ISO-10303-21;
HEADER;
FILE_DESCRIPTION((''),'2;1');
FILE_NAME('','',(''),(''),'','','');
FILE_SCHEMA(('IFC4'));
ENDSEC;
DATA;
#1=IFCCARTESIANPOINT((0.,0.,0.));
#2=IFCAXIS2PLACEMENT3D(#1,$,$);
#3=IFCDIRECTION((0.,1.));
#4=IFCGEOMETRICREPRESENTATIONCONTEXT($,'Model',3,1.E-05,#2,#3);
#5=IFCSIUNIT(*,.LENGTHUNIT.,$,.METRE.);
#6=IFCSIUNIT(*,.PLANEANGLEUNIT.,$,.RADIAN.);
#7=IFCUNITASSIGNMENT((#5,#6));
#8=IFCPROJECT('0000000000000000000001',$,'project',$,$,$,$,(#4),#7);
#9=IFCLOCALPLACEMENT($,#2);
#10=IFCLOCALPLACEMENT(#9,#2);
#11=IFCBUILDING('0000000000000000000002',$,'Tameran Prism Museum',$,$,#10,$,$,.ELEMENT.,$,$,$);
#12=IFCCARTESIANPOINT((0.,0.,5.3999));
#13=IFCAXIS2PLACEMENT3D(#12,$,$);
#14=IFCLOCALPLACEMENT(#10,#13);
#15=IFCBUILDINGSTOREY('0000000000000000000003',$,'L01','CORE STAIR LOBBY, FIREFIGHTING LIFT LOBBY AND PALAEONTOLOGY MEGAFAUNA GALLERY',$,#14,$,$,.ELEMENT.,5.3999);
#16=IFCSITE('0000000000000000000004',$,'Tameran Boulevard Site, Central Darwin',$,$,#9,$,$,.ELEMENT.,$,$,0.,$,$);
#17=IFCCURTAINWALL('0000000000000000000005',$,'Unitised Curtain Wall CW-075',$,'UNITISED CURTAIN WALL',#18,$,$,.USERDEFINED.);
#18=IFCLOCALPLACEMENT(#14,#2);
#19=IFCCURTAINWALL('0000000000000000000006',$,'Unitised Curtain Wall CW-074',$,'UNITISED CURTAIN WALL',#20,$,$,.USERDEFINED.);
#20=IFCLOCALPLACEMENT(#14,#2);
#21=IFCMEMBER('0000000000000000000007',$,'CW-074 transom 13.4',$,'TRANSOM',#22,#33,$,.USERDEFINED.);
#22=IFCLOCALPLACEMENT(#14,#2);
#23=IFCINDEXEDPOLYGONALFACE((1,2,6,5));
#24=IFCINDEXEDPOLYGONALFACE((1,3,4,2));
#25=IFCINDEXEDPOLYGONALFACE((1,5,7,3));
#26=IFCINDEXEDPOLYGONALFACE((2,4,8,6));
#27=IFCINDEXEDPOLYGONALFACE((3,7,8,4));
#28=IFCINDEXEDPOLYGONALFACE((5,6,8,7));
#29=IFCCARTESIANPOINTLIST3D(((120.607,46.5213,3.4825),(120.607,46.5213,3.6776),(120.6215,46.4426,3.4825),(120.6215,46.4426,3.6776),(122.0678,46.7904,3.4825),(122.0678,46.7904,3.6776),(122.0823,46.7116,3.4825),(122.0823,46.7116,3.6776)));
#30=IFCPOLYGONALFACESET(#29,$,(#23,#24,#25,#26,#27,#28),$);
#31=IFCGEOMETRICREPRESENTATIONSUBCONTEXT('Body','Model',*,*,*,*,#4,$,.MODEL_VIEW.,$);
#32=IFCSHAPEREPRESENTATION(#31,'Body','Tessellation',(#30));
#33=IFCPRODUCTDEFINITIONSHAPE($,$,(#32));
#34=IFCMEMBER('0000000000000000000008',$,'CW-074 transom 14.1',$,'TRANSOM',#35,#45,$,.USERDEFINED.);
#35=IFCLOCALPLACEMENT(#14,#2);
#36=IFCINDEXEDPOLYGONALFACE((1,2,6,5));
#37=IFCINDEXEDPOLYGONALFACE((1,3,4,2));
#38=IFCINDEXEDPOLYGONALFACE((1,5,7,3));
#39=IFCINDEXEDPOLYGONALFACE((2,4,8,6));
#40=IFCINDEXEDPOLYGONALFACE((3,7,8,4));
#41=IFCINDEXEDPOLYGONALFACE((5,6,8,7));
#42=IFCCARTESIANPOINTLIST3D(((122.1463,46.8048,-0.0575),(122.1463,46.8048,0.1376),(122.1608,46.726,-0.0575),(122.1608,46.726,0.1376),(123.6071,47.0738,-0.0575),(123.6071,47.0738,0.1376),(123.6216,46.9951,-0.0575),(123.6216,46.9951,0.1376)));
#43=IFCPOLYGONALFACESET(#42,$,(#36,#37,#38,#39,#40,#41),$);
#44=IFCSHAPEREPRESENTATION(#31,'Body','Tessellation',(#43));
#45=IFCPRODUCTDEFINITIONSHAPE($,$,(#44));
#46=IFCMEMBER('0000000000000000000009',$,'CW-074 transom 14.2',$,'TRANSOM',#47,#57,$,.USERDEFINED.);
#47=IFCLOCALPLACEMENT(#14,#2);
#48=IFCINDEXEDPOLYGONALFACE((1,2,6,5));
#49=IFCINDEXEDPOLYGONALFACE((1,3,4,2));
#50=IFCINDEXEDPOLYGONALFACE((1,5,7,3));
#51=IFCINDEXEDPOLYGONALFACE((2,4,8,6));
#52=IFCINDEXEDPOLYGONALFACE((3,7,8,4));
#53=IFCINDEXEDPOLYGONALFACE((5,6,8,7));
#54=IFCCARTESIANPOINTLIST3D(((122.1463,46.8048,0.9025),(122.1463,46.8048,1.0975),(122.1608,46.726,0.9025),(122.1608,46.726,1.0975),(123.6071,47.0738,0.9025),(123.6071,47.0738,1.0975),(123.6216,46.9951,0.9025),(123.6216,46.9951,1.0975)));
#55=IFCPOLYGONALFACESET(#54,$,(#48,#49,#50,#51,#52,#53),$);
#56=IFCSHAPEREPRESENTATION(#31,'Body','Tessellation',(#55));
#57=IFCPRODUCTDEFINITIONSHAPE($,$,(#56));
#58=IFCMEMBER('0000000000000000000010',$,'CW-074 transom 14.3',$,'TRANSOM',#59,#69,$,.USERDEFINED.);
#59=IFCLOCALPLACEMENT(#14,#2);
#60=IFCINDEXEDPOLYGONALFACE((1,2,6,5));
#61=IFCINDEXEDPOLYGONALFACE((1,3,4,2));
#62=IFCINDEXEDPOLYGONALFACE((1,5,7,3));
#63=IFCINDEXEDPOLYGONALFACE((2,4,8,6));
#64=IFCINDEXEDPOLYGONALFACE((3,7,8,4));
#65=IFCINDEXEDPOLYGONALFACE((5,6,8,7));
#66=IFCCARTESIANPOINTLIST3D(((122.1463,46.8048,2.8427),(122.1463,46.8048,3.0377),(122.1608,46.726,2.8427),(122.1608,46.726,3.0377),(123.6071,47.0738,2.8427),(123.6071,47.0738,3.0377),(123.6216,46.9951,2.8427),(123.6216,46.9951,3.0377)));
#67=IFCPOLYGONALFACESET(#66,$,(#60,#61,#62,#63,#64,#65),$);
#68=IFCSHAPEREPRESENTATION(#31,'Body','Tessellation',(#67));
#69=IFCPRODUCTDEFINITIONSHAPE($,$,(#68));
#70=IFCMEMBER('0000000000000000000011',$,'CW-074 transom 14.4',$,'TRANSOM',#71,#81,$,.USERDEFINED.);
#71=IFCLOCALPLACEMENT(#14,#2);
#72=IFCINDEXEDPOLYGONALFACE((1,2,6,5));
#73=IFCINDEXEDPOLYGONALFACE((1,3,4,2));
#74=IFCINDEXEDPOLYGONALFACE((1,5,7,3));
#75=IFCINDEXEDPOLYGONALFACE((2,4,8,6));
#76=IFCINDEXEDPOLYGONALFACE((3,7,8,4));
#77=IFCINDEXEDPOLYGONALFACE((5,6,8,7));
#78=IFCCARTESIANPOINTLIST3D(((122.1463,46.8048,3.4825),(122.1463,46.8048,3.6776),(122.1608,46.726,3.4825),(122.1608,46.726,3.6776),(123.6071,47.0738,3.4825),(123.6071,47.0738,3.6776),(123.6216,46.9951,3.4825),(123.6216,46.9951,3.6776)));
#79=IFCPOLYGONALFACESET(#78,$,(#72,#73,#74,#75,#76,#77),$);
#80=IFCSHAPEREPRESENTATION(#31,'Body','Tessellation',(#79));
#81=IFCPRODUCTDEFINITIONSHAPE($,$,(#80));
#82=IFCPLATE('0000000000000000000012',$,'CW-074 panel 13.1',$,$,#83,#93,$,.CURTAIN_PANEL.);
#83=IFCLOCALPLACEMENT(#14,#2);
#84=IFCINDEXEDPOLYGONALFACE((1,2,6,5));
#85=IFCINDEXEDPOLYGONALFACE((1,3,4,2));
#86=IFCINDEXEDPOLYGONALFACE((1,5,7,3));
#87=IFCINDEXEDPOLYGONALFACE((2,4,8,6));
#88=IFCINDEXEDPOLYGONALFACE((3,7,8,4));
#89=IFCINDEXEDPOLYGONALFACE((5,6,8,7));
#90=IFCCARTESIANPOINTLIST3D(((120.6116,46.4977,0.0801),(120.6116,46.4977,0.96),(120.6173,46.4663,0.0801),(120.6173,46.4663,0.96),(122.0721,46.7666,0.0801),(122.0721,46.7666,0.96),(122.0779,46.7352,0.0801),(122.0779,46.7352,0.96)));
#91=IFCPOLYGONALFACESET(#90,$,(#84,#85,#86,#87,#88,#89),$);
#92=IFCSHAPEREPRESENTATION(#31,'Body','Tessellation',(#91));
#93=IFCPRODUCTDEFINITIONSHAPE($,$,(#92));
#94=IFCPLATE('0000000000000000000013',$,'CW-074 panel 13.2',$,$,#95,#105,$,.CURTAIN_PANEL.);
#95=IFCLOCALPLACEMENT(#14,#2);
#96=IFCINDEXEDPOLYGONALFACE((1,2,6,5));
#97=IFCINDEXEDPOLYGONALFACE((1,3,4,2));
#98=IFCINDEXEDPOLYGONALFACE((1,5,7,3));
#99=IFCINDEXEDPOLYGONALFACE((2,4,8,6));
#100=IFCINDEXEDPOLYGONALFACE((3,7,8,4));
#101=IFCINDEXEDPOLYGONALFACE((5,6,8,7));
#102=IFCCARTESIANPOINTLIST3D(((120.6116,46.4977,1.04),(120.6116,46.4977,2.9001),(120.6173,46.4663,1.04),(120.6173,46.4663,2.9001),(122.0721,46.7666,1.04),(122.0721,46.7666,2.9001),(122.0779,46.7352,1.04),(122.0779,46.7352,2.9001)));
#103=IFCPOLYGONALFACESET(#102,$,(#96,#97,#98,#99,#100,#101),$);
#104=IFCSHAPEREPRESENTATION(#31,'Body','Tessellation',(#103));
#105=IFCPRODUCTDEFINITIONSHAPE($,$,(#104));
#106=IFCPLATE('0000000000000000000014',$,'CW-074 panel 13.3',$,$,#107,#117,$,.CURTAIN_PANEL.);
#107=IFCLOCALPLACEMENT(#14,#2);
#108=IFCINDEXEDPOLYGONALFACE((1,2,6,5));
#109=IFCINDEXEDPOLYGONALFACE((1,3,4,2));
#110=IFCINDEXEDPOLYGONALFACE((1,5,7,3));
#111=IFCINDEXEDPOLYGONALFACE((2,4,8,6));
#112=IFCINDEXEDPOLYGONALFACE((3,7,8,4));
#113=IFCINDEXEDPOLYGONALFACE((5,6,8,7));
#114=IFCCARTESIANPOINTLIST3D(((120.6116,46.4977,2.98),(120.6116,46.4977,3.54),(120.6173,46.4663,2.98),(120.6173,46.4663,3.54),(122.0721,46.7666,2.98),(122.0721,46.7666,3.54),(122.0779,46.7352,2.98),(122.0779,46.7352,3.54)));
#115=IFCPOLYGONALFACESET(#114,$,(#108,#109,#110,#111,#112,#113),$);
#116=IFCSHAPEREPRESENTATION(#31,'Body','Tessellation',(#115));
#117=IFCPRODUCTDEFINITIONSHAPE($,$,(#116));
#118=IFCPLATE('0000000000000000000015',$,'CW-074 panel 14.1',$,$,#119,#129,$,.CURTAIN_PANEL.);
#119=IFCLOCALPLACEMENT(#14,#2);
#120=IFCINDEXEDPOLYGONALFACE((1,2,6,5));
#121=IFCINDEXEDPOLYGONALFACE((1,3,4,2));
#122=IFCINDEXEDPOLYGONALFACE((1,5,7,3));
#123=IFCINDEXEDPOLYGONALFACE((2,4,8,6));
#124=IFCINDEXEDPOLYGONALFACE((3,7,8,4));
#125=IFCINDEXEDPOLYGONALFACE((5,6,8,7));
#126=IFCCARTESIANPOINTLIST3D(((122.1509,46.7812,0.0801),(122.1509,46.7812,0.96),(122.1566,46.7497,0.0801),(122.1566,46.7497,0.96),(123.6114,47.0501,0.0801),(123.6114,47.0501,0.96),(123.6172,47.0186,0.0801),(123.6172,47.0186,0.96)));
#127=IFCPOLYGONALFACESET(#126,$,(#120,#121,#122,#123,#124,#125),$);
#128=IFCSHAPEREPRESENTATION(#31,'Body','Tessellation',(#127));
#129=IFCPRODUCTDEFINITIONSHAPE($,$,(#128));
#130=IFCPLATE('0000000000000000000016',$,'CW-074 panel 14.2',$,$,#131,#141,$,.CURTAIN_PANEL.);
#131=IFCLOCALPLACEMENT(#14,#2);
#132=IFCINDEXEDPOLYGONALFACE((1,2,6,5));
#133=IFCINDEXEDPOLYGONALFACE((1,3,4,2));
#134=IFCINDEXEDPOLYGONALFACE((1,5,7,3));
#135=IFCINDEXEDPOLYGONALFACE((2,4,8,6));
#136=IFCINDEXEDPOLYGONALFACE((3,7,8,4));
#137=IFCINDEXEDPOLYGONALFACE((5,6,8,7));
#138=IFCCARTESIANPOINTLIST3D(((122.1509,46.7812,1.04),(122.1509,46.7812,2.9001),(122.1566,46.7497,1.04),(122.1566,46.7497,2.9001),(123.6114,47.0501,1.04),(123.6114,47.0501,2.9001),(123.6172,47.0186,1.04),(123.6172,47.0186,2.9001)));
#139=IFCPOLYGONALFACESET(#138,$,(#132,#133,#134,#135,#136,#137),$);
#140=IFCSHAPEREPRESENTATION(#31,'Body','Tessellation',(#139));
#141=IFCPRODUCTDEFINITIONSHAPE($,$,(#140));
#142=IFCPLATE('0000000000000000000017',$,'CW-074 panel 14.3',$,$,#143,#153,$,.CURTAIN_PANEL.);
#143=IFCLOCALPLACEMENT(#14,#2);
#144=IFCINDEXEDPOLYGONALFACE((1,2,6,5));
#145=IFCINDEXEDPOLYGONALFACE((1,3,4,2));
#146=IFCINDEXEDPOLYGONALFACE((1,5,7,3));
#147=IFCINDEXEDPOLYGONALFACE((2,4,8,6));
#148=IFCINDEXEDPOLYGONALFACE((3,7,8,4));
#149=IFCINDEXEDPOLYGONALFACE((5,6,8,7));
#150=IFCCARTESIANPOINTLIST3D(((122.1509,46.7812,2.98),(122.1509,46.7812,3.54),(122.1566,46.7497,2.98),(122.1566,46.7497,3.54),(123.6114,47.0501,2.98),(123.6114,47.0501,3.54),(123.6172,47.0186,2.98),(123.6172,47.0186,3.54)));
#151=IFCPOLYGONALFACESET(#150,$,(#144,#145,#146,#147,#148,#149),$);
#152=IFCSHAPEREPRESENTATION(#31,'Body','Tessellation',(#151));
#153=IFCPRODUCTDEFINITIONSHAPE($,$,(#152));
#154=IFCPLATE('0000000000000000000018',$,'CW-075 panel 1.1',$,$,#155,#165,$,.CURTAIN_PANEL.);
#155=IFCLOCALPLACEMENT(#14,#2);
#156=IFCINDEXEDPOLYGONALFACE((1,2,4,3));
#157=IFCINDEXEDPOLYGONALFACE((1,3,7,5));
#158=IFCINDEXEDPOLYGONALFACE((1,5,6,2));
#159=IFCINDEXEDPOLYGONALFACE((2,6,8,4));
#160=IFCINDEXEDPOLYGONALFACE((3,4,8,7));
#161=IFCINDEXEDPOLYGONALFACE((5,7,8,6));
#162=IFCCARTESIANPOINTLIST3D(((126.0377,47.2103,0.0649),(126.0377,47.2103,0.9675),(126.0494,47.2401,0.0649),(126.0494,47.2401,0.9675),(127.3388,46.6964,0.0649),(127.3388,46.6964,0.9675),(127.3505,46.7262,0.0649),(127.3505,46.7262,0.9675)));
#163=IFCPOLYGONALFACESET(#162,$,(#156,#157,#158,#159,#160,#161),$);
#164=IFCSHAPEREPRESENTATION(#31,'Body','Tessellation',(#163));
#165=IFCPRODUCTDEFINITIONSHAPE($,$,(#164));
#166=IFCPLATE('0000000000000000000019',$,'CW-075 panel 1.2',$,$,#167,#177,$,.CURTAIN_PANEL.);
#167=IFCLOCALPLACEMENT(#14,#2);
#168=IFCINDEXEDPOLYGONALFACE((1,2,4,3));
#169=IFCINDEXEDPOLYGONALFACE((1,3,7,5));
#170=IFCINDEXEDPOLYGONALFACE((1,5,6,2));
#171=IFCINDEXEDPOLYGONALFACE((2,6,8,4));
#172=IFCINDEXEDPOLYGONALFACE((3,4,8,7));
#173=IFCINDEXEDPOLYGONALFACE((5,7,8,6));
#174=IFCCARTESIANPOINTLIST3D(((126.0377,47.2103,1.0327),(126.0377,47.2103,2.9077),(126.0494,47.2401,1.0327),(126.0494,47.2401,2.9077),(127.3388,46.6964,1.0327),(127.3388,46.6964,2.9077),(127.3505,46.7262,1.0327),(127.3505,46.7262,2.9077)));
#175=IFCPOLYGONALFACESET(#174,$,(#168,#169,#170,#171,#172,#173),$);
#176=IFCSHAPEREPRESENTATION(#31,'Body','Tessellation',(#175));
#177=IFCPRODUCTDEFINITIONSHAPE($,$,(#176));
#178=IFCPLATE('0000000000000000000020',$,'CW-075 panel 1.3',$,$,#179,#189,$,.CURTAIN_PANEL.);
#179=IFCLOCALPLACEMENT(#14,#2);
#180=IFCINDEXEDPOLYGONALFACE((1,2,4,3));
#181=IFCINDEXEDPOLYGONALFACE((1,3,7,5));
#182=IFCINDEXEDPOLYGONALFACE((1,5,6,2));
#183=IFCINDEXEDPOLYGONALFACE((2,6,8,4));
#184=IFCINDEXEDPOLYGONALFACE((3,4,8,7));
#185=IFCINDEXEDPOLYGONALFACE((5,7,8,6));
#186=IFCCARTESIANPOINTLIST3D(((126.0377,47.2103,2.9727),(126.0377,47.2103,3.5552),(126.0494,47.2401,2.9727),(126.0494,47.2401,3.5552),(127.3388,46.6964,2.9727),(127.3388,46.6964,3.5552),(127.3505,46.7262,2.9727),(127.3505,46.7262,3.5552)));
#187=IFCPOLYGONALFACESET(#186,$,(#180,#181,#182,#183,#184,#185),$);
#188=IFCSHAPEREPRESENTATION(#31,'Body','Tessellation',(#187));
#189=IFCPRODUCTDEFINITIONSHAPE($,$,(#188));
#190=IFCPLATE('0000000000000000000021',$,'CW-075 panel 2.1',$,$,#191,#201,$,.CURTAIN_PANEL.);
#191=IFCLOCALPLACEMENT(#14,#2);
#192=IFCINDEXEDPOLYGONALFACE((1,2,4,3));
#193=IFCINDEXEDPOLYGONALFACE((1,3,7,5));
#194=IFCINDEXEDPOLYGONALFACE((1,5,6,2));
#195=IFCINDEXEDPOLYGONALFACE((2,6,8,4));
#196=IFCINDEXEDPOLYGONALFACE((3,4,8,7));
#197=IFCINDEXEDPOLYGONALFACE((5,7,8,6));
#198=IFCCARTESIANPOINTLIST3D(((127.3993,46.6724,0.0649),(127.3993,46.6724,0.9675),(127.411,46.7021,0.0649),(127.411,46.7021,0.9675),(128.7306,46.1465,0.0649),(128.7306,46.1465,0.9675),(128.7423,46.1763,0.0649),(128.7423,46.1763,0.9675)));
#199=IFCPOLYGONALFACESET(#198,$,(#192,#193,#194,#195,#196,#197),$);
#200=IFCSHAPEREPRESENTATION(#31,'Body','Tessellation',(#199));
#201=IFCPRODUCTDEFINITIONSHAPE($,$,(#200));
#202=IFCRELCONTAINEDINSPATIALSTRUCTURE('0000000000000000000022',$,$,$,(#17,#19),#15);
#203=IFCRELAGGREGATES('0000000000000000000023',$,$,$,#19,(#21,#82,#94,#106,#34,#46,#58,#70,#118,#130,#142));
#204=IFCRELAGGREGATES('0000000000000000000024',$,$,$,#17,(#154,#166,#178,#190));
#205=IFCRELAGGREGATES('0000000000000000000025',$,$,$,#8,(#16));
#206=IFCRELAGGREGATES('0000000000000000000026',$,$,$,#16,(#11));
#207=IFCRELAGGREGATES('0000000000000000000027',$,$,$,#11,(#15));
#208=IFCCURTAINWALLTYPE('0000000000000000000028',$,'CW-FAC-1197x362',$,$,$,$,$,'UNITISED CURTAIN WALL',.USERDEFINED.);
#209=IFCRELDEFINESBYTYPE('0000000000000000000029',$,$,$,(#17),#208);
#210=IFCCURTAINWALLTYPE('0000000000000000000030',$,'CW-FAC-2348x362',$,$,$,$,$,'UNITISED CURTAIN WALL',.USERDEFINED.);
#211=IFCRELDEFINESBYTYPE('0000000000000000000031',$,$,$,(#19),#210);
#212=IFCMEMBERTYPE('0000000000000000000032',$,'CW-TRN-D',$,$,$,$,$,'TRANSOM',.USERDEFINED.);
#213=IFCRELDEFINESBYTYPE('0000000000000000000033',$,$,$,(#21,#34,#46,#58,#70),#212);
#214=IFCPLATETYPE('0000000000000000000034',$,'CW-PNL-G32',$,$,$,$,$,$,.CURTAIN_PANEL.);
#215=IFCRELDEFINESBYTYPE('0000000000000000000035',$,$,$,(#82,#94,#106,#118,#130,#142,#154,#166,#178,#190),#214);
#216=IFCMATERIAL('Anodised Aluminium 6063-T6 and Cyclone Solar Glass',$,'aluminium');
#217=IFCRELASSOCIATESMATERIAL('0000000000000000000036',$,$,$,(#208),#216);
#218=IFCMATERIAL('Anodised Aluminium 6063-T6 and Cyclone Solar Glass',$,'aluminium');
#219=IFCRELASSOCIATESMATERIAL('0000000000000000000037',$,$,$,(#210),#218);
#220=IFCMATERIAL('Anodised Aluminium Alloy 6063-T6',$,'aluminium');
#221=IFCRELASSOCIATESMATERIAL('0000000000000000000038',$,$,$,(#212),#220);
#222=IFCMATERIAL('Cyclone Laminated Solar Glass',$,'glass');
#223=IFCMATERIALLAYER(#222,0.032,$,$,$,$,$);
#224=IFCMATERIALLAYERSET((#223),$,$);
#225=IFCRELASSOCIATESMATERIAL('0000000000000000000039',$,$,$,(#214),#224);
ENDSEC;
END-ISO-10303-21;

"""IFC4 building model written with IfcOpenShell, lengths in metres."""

from ifc_helpers import new_model, si_unit, direction, frame, origin, origin_2d, place, context, subcontext, project, spatial, rectangle, extrude, material, layer, layer_set, material_profile, profile_set, type_object, element, aggregate, save


model = new_model("IFC4")

# Units and contexts
model_context = context("Model", 3, precision=1e-05, world=origin(), true_north=direction((0.0, 1.0)))
body_context = subcontext(model_context, "Body", "Model", "MODEL_VIEW")
ifc_project = project(units=[si_unit("LENGTHUNIT", "METRE"), si_unit("PLANEANGLEUNIT", "RADIAN")], contexts=[model_context])

# Site, building, storey
site_placement = place(None, origin())
site = spatial("IfcSite", under=ifc_project, at=site_placement, Name="Tameran Boulevard Site, Central Darwin", CompositionType="ELEMENT", RefElevation=0.0)
building_placement = place(site_placement, origin())
building = spatial("IfcBuilding", under=site, at=building_placement, Name="Tameran Prism Museum", CompositionType="ELEMENT")
storey_placement = place(building_placement, frame((0.0, 0.0, 5.3999)))
storey = spatial("IfcBuildingStorey", under=building, at=storey_placement, Name="L01", Description="CORE STAIR LOBBY, FIREFIGHTING LIFT LOBBY AND PALAEONTOLOGY MEGAFAUNA GALLERY", CompositionType="ELEMENT", Elevation=5.3999)

# Curtain wall
ifc_material_1 = material(Name="Anodised Aluminium 6063-T6 and Cyclone Solar Glass", Category="aluminium")
curtain_wall_type_1 = type_object("IfcCurtainWallType", Name="CW-FAC-1197x362", ElementType="UNITISED CURTAIN WALL", PredefinedType="USERDEFINED", material=ifc_material_1)
curtain_wall_1_placement = place(storey_placement, origin())
curtain_wall_1 = element("IfcCurtainWall", 1, at=curtain_wall_1_placement, inside=storey, type_object=curtain_wall_type_1, Name="Unitised Curtain Wall CW-075", ObjectType="UNITISED CURTAIN WALL", PredefinedType="USERDEFINED")

# Curtain wall
ifc_material_2 = material(Name="Anodised Aluminium 6063-T6 and Cyclone Solar Glass", Category="aluminium")
curtain_wall_type_2 = type_object("IfcCurtainWallType", Name="CW-FAC-2348x362", ElementType="UNITISED CURTAIN WALL", PredefinedType="USERDEFINED", material=ifc_material_2)
curtain_wall_2_placement = place(storey_placement, origin())
curtain_wall_2 = element("IfcCurtainWall", 2, at=curtain_wall_2_placement, inside=storey, type_object=curtain_wall_type_2, Name="Unitised Curtain Wall CW-074", ObjectType="UNITISED CURTAIN WALL", PredefinedType="USERDEFINED")

# Members
ifc_material_3 = material(Name="Anodised Aluminium Alloy 6063-T6", Category="aluminium")
ifc_material_profile_1 = material_profile(ifc_material_3, rectangle(XDim=0.0801, YDim=0.1951, at=origin_2d()))
ifc_profile_set_1 = profile_set([ifc_material_profile_1])
member_type_1 = type_object("IfcMemberType", Name="CW-TRN-D", ElementType="TRANSOM", PredefinedType="USERDEFINED", material=ifc_profile_set_1)
member_1_placement = place(storey_placement, frame((120.6143, 46.4819, 3.5801), z_axis=(0.983457, 0.181142, 0.0), x_axis=(-0.181142, 0.983457, 0.0)))
member_1 = element("IfcMember", 3, at=member_1_placement, type_object=member_type_1, Name="CW-074 transom 13.4", ObjectType="TRANSOM", PredefinedType="USERDEFINED", context=body_context, shape_type="SweptSolid", body=[
    extrude(rectangle(XDim=0.0801, YDim=0.1951, at=origin_2d()), origin(), (0.0, 0.0, 1.0), 1.4854),
])
member_2_placement = place(storey_placement, frame((122.1536, 46.7654, 0.04), z_axis=(0.983457, 0.181142, 0.0), x_axis=(-0.181142, 0.983457, 0.0)))
member_2 = element("IfcMember", 4, at=member_2_placement, type_object=member_type_1, Name="CW-074 transom 14.1", ObjectType="TRANSOM", PredefinedType="USERDEFINED", context=body_context, shape_type="SweptSolid", body=[
    extrude(rectangle(XDim=0.0801, YDim=0.1951, at=origin_2d()), origin(), (0.0, 0.0, 1.0), 1.4854),
])
member_3_placement = place(storey_placement, frame((122.1536, 46.7654, 1.0), z_axis=(0.983457, 0.181142, 0.0), x_axis=(-0.181142, 0.983457, 0.0)))
member_3 = element("IfcMember", 5, at=member_3_placement, type_object=member_type_1, Name="CW-074 transom 14.2", ObjectType="TRANSOM", PredefinedType="USERDEFINED", context=body_context, shape_type="SweptSolid", body=[
    extrude(rectangle(XDim=0.0801, YDim=0.1951, at=origin_2d()), origin(), (0.0, 0.0, 1.0), 1.4854),
])
member_4_placement = place(storey_placement, frame((122.1536, 46.7654, 2.9402), z_axis=(0.983457, 0.181142, 0.0), x_axis=(-0.181142, 0.983457, 0.0)))
member_4 = element("IfcMember", 6, at=member_4_placement, type_object=member_type_1, Name="CW-074 transom 14.3", ObjectType="TRANSOM", PredefinedType="USERDEFINED", context=body_context, shape_type="SweptSolid", body=[
    extrude(rectangle(XDim=0.0801, YDim=0.1951, at=origin_2d()), origin(), (0.0, 0.0, 1.0), 1.4854),
])
member_5_placement = place(storey_placement, frame((122.1536, 46.7654, 3.5801), z_axis=(0.983457, 0.181142, 0.0), x_axis=(-0.181142, 0.983457, 0.0)))
member_5 = element("IfcMember", 7, at=member_5_placement, type_object=member_type_1, Name="CW-074 transom 14.4", ObjectType="TRANSOM", PredefinedType="USERDEFINED", context=body_context, shape_type="SweptSolid", body=[
    extrude(rectangle(XDim=0.0801, YDim=0.1951, at=origin_2d()), origin(), (0.0, 0.0, 1.0), 1.4854),
])

# Plates
ifc_material_4 = material(Name="Cyclone Laminated Solar Glass", Category="glass")
ifc_layer = layer(ifc_material_4, 0.032)
ifc_layer_set = layer_set([ifc_layer])
plate_type = type_object("IfcPlateType", Name="CW-PNL-G32", PredefinedType="CURTAIN_PANEL", material=ifc_layer_set)
plate_1_placement = place(storey_placement, frame((121.3447, 46.6165, 0.0801), z_axis=(0.0, 0.0, 1.0), x_axis=(0.983472, 0.181063, 0.0)))
plate_1 = element("IfcPlate", 8, at=plate_1_placement, type_object=plate_type, Name="CW-074 panel 13.1", PredefinedType="CURTAIN_PANEL", context=body_context, shape_type="SweptSolid", body=[
    extrude(rectangle(XDim=1.4851, YDim=0.032, at=origin_2d()), origin(), (0.0, 0.0, 1.0), 0.8799),
])
plate_2_placement = place(storey_placement, frame((121.3447, 46.6165, 1.04), z_axis=(0.0, 0.0, 1.0), x_axis=(0.983472, 0.181063, 0.0)))
plate_2 = element("IfcPlate", 9, at=plate_2_placement, type_object=plate_type, Name="CW-074 panel 13.2", PredefinedType="CURTAIN_PANEL", context=body_context, shape_type="SweptSolid", body=[
    extrude(rectangle(XDim=1.4851, YDim=0.032, at=origin_2d()), origin(), (0.0, 0.0, 1.0), 1.8601),
])
plate_3_placement = place(storey_placement, frame((121.3447, 46.6165, 2.98), z_axis=(0.0, 0.0, 1.0), x_axis=(0.983472, 0.181063, 0.0)))
plate_3 = element("IfcPlate", 10, at=plate_3_placement, type_object=plate_type, Name="CW-074 panel 13.3", PredefinedType="CURTAIN_PANEL", context=body_context, shape_type="SweptSolid", body=[
    extrude(rectangle(XDim=1.4851, YDim=0.032, at=origin_2d()), origin(), (0.0, 0.0, 1.0), 0.5601),
])
plate_4_placement = place(storey_placement, frame((122.884, 46.8999, 0.0801), z_axis=(0.0, 0.0, 1.0), x_axis=(0.983472, 0.181063, 0.0)))
plate_4 = element("IfcPlate", 11, at=plate_4_placement, type_object=plate_type, Name="CW-074 panel 14.1", PredefinedType="CURTAIN_PANEL", context=body_context, shape_type="SweptSolid", body=[
    extrude(rectangle(XDim=1.4851, YDim=0.032, at=origin_2d()), origin(), (0.0, 0.0, 1.0), 0.8799),
])
plate_5_placement = place(storey_placement, frame((122.884, 46.8999, 1.04), z_axis=(0.0, 0.0, 1.0), x_axis=(0.983472, 0.181063, 0.0)))
plate_5 = element("IfcPlate", 12, at=plate_5_placement, type_object=plate_type, Name="CW-074 panel 14.2", PredefinedType="CURTAIN_PANEL", context=body_context, shape_type="SweptSolid", body=[
    extrude(rectangle(XDim=1.4851, YDim=0.032, at=origin_2d()), origin(), (0.0, 0.0, 1.0), 1.8601),
])
plate_6_placement = place(storey_placement, frame((122.884, 46.8999, 2.98), z_axis=(0.0, 0.0, 1.0), x_axis=(0.983472, 0.181063, 0.0)))
plate_6 = element("IfcPlate", 13, at=plate_6_placement, type_object=plate_type, Name="CW-074 panel 14.3", PredefinedType="CURTAIN_PANEL", context=body_context, shape_type="SweptSolid", body=[
    extrude(rectangle(XDim=1.4851, YDim=0.032, at=origin_2d()), origin(), (0.0, 0.0, 1.0), 0.5601),
])
aggregate(curtain_wall_2, [member_1, plate_1, plate_2, plate_3, member_2, member_3, member_4, member_5, plate_4, plate_5, plate_6])
plate_7_placement = place(storey_placement, frame((126.6941, 46.9683, 0.0649), z_axis=(0.0, 0.0, 1.0), x_axis=(0.930081, -0.367355, 0.0)))
plate_7 = element("IfcPlate", 14, at=plate_7_placement, type_object=plate_type, Name="CW-075 panel 1.1", PredefinedType="CURTAIN_PANEL", context=body_context, shape_type="SweptSolid", body=[
    extrude(rectangle(XDim=1.3989, YDim=0.032, at=origin_2d()), origin(), (0.0, 0.0, 1.0), 0.9026),
])
plate_8_placement = place(storey_placement, frame((126.6941, 46.9683, 1.0327), z_axis=(0.0, 0.0, 1.0), x_axis=(0.930081, -0.367355, 0.0)))
plate_8 = element("IfcPlate", 15, at=plate_8_placement, type_object=plate_type, Name="CW-075 panel 1.2", PredefinedType="CURTAIN_PANEL", context=body_context, shape_type="SweptSolid", body=[
    extrude(rectangle(XDim=1.3989, YDim=0.032, at=origin_2d()), origin(), (0.0, 0.0, 1.0), 1.875),
])
plate_9_placement = place(storey_placement, frame((126.6941, 46.9683, 2.9727), z_axis=(0.0, 0.0, 1.0), x_axis=(0.930081, -0.367355, 0.0)))
plate_9 = element("IfcPlate", 16, at=plate_9_placement, type_object=plate_type, Name="CW-075 panel 1.3", PredefinedType="CURTAIN_PANEL", context=body_context, shape_type="SweptSolid", body=[
    extrude(rectangle(XDim=1.3989, YDim=0.032, at=origin_2d()), origin(), (0.0, 0.0, 1.0), 0.5825),
])
plate_10_placement = place(storey_placement, frame((128.0708, 46.4243, 0.0649), z_axis=(0.0, 0.0, 1.0), x_axis=(0.930081, -0.367355, 0.0)))
plate_10 = element("IfcPlate", 17, at=plate_10_placement, type_object=plate_type, Name="CW-075 panel 2.1", PredefinedType="CURTAIN_PANEL", context=body_context, shape_type="SweptSolid", body=[
    extrude(rectangle(XDim=1.4314, YDim=0.032, at=origin_2d()), origin(), (0.0, 0.0, 1.0), 0.9026),
])
aggregate(curtain_wall_1, [plate_7, plate_8, plate_9, plate_10])

save(model, "model.ifc")
